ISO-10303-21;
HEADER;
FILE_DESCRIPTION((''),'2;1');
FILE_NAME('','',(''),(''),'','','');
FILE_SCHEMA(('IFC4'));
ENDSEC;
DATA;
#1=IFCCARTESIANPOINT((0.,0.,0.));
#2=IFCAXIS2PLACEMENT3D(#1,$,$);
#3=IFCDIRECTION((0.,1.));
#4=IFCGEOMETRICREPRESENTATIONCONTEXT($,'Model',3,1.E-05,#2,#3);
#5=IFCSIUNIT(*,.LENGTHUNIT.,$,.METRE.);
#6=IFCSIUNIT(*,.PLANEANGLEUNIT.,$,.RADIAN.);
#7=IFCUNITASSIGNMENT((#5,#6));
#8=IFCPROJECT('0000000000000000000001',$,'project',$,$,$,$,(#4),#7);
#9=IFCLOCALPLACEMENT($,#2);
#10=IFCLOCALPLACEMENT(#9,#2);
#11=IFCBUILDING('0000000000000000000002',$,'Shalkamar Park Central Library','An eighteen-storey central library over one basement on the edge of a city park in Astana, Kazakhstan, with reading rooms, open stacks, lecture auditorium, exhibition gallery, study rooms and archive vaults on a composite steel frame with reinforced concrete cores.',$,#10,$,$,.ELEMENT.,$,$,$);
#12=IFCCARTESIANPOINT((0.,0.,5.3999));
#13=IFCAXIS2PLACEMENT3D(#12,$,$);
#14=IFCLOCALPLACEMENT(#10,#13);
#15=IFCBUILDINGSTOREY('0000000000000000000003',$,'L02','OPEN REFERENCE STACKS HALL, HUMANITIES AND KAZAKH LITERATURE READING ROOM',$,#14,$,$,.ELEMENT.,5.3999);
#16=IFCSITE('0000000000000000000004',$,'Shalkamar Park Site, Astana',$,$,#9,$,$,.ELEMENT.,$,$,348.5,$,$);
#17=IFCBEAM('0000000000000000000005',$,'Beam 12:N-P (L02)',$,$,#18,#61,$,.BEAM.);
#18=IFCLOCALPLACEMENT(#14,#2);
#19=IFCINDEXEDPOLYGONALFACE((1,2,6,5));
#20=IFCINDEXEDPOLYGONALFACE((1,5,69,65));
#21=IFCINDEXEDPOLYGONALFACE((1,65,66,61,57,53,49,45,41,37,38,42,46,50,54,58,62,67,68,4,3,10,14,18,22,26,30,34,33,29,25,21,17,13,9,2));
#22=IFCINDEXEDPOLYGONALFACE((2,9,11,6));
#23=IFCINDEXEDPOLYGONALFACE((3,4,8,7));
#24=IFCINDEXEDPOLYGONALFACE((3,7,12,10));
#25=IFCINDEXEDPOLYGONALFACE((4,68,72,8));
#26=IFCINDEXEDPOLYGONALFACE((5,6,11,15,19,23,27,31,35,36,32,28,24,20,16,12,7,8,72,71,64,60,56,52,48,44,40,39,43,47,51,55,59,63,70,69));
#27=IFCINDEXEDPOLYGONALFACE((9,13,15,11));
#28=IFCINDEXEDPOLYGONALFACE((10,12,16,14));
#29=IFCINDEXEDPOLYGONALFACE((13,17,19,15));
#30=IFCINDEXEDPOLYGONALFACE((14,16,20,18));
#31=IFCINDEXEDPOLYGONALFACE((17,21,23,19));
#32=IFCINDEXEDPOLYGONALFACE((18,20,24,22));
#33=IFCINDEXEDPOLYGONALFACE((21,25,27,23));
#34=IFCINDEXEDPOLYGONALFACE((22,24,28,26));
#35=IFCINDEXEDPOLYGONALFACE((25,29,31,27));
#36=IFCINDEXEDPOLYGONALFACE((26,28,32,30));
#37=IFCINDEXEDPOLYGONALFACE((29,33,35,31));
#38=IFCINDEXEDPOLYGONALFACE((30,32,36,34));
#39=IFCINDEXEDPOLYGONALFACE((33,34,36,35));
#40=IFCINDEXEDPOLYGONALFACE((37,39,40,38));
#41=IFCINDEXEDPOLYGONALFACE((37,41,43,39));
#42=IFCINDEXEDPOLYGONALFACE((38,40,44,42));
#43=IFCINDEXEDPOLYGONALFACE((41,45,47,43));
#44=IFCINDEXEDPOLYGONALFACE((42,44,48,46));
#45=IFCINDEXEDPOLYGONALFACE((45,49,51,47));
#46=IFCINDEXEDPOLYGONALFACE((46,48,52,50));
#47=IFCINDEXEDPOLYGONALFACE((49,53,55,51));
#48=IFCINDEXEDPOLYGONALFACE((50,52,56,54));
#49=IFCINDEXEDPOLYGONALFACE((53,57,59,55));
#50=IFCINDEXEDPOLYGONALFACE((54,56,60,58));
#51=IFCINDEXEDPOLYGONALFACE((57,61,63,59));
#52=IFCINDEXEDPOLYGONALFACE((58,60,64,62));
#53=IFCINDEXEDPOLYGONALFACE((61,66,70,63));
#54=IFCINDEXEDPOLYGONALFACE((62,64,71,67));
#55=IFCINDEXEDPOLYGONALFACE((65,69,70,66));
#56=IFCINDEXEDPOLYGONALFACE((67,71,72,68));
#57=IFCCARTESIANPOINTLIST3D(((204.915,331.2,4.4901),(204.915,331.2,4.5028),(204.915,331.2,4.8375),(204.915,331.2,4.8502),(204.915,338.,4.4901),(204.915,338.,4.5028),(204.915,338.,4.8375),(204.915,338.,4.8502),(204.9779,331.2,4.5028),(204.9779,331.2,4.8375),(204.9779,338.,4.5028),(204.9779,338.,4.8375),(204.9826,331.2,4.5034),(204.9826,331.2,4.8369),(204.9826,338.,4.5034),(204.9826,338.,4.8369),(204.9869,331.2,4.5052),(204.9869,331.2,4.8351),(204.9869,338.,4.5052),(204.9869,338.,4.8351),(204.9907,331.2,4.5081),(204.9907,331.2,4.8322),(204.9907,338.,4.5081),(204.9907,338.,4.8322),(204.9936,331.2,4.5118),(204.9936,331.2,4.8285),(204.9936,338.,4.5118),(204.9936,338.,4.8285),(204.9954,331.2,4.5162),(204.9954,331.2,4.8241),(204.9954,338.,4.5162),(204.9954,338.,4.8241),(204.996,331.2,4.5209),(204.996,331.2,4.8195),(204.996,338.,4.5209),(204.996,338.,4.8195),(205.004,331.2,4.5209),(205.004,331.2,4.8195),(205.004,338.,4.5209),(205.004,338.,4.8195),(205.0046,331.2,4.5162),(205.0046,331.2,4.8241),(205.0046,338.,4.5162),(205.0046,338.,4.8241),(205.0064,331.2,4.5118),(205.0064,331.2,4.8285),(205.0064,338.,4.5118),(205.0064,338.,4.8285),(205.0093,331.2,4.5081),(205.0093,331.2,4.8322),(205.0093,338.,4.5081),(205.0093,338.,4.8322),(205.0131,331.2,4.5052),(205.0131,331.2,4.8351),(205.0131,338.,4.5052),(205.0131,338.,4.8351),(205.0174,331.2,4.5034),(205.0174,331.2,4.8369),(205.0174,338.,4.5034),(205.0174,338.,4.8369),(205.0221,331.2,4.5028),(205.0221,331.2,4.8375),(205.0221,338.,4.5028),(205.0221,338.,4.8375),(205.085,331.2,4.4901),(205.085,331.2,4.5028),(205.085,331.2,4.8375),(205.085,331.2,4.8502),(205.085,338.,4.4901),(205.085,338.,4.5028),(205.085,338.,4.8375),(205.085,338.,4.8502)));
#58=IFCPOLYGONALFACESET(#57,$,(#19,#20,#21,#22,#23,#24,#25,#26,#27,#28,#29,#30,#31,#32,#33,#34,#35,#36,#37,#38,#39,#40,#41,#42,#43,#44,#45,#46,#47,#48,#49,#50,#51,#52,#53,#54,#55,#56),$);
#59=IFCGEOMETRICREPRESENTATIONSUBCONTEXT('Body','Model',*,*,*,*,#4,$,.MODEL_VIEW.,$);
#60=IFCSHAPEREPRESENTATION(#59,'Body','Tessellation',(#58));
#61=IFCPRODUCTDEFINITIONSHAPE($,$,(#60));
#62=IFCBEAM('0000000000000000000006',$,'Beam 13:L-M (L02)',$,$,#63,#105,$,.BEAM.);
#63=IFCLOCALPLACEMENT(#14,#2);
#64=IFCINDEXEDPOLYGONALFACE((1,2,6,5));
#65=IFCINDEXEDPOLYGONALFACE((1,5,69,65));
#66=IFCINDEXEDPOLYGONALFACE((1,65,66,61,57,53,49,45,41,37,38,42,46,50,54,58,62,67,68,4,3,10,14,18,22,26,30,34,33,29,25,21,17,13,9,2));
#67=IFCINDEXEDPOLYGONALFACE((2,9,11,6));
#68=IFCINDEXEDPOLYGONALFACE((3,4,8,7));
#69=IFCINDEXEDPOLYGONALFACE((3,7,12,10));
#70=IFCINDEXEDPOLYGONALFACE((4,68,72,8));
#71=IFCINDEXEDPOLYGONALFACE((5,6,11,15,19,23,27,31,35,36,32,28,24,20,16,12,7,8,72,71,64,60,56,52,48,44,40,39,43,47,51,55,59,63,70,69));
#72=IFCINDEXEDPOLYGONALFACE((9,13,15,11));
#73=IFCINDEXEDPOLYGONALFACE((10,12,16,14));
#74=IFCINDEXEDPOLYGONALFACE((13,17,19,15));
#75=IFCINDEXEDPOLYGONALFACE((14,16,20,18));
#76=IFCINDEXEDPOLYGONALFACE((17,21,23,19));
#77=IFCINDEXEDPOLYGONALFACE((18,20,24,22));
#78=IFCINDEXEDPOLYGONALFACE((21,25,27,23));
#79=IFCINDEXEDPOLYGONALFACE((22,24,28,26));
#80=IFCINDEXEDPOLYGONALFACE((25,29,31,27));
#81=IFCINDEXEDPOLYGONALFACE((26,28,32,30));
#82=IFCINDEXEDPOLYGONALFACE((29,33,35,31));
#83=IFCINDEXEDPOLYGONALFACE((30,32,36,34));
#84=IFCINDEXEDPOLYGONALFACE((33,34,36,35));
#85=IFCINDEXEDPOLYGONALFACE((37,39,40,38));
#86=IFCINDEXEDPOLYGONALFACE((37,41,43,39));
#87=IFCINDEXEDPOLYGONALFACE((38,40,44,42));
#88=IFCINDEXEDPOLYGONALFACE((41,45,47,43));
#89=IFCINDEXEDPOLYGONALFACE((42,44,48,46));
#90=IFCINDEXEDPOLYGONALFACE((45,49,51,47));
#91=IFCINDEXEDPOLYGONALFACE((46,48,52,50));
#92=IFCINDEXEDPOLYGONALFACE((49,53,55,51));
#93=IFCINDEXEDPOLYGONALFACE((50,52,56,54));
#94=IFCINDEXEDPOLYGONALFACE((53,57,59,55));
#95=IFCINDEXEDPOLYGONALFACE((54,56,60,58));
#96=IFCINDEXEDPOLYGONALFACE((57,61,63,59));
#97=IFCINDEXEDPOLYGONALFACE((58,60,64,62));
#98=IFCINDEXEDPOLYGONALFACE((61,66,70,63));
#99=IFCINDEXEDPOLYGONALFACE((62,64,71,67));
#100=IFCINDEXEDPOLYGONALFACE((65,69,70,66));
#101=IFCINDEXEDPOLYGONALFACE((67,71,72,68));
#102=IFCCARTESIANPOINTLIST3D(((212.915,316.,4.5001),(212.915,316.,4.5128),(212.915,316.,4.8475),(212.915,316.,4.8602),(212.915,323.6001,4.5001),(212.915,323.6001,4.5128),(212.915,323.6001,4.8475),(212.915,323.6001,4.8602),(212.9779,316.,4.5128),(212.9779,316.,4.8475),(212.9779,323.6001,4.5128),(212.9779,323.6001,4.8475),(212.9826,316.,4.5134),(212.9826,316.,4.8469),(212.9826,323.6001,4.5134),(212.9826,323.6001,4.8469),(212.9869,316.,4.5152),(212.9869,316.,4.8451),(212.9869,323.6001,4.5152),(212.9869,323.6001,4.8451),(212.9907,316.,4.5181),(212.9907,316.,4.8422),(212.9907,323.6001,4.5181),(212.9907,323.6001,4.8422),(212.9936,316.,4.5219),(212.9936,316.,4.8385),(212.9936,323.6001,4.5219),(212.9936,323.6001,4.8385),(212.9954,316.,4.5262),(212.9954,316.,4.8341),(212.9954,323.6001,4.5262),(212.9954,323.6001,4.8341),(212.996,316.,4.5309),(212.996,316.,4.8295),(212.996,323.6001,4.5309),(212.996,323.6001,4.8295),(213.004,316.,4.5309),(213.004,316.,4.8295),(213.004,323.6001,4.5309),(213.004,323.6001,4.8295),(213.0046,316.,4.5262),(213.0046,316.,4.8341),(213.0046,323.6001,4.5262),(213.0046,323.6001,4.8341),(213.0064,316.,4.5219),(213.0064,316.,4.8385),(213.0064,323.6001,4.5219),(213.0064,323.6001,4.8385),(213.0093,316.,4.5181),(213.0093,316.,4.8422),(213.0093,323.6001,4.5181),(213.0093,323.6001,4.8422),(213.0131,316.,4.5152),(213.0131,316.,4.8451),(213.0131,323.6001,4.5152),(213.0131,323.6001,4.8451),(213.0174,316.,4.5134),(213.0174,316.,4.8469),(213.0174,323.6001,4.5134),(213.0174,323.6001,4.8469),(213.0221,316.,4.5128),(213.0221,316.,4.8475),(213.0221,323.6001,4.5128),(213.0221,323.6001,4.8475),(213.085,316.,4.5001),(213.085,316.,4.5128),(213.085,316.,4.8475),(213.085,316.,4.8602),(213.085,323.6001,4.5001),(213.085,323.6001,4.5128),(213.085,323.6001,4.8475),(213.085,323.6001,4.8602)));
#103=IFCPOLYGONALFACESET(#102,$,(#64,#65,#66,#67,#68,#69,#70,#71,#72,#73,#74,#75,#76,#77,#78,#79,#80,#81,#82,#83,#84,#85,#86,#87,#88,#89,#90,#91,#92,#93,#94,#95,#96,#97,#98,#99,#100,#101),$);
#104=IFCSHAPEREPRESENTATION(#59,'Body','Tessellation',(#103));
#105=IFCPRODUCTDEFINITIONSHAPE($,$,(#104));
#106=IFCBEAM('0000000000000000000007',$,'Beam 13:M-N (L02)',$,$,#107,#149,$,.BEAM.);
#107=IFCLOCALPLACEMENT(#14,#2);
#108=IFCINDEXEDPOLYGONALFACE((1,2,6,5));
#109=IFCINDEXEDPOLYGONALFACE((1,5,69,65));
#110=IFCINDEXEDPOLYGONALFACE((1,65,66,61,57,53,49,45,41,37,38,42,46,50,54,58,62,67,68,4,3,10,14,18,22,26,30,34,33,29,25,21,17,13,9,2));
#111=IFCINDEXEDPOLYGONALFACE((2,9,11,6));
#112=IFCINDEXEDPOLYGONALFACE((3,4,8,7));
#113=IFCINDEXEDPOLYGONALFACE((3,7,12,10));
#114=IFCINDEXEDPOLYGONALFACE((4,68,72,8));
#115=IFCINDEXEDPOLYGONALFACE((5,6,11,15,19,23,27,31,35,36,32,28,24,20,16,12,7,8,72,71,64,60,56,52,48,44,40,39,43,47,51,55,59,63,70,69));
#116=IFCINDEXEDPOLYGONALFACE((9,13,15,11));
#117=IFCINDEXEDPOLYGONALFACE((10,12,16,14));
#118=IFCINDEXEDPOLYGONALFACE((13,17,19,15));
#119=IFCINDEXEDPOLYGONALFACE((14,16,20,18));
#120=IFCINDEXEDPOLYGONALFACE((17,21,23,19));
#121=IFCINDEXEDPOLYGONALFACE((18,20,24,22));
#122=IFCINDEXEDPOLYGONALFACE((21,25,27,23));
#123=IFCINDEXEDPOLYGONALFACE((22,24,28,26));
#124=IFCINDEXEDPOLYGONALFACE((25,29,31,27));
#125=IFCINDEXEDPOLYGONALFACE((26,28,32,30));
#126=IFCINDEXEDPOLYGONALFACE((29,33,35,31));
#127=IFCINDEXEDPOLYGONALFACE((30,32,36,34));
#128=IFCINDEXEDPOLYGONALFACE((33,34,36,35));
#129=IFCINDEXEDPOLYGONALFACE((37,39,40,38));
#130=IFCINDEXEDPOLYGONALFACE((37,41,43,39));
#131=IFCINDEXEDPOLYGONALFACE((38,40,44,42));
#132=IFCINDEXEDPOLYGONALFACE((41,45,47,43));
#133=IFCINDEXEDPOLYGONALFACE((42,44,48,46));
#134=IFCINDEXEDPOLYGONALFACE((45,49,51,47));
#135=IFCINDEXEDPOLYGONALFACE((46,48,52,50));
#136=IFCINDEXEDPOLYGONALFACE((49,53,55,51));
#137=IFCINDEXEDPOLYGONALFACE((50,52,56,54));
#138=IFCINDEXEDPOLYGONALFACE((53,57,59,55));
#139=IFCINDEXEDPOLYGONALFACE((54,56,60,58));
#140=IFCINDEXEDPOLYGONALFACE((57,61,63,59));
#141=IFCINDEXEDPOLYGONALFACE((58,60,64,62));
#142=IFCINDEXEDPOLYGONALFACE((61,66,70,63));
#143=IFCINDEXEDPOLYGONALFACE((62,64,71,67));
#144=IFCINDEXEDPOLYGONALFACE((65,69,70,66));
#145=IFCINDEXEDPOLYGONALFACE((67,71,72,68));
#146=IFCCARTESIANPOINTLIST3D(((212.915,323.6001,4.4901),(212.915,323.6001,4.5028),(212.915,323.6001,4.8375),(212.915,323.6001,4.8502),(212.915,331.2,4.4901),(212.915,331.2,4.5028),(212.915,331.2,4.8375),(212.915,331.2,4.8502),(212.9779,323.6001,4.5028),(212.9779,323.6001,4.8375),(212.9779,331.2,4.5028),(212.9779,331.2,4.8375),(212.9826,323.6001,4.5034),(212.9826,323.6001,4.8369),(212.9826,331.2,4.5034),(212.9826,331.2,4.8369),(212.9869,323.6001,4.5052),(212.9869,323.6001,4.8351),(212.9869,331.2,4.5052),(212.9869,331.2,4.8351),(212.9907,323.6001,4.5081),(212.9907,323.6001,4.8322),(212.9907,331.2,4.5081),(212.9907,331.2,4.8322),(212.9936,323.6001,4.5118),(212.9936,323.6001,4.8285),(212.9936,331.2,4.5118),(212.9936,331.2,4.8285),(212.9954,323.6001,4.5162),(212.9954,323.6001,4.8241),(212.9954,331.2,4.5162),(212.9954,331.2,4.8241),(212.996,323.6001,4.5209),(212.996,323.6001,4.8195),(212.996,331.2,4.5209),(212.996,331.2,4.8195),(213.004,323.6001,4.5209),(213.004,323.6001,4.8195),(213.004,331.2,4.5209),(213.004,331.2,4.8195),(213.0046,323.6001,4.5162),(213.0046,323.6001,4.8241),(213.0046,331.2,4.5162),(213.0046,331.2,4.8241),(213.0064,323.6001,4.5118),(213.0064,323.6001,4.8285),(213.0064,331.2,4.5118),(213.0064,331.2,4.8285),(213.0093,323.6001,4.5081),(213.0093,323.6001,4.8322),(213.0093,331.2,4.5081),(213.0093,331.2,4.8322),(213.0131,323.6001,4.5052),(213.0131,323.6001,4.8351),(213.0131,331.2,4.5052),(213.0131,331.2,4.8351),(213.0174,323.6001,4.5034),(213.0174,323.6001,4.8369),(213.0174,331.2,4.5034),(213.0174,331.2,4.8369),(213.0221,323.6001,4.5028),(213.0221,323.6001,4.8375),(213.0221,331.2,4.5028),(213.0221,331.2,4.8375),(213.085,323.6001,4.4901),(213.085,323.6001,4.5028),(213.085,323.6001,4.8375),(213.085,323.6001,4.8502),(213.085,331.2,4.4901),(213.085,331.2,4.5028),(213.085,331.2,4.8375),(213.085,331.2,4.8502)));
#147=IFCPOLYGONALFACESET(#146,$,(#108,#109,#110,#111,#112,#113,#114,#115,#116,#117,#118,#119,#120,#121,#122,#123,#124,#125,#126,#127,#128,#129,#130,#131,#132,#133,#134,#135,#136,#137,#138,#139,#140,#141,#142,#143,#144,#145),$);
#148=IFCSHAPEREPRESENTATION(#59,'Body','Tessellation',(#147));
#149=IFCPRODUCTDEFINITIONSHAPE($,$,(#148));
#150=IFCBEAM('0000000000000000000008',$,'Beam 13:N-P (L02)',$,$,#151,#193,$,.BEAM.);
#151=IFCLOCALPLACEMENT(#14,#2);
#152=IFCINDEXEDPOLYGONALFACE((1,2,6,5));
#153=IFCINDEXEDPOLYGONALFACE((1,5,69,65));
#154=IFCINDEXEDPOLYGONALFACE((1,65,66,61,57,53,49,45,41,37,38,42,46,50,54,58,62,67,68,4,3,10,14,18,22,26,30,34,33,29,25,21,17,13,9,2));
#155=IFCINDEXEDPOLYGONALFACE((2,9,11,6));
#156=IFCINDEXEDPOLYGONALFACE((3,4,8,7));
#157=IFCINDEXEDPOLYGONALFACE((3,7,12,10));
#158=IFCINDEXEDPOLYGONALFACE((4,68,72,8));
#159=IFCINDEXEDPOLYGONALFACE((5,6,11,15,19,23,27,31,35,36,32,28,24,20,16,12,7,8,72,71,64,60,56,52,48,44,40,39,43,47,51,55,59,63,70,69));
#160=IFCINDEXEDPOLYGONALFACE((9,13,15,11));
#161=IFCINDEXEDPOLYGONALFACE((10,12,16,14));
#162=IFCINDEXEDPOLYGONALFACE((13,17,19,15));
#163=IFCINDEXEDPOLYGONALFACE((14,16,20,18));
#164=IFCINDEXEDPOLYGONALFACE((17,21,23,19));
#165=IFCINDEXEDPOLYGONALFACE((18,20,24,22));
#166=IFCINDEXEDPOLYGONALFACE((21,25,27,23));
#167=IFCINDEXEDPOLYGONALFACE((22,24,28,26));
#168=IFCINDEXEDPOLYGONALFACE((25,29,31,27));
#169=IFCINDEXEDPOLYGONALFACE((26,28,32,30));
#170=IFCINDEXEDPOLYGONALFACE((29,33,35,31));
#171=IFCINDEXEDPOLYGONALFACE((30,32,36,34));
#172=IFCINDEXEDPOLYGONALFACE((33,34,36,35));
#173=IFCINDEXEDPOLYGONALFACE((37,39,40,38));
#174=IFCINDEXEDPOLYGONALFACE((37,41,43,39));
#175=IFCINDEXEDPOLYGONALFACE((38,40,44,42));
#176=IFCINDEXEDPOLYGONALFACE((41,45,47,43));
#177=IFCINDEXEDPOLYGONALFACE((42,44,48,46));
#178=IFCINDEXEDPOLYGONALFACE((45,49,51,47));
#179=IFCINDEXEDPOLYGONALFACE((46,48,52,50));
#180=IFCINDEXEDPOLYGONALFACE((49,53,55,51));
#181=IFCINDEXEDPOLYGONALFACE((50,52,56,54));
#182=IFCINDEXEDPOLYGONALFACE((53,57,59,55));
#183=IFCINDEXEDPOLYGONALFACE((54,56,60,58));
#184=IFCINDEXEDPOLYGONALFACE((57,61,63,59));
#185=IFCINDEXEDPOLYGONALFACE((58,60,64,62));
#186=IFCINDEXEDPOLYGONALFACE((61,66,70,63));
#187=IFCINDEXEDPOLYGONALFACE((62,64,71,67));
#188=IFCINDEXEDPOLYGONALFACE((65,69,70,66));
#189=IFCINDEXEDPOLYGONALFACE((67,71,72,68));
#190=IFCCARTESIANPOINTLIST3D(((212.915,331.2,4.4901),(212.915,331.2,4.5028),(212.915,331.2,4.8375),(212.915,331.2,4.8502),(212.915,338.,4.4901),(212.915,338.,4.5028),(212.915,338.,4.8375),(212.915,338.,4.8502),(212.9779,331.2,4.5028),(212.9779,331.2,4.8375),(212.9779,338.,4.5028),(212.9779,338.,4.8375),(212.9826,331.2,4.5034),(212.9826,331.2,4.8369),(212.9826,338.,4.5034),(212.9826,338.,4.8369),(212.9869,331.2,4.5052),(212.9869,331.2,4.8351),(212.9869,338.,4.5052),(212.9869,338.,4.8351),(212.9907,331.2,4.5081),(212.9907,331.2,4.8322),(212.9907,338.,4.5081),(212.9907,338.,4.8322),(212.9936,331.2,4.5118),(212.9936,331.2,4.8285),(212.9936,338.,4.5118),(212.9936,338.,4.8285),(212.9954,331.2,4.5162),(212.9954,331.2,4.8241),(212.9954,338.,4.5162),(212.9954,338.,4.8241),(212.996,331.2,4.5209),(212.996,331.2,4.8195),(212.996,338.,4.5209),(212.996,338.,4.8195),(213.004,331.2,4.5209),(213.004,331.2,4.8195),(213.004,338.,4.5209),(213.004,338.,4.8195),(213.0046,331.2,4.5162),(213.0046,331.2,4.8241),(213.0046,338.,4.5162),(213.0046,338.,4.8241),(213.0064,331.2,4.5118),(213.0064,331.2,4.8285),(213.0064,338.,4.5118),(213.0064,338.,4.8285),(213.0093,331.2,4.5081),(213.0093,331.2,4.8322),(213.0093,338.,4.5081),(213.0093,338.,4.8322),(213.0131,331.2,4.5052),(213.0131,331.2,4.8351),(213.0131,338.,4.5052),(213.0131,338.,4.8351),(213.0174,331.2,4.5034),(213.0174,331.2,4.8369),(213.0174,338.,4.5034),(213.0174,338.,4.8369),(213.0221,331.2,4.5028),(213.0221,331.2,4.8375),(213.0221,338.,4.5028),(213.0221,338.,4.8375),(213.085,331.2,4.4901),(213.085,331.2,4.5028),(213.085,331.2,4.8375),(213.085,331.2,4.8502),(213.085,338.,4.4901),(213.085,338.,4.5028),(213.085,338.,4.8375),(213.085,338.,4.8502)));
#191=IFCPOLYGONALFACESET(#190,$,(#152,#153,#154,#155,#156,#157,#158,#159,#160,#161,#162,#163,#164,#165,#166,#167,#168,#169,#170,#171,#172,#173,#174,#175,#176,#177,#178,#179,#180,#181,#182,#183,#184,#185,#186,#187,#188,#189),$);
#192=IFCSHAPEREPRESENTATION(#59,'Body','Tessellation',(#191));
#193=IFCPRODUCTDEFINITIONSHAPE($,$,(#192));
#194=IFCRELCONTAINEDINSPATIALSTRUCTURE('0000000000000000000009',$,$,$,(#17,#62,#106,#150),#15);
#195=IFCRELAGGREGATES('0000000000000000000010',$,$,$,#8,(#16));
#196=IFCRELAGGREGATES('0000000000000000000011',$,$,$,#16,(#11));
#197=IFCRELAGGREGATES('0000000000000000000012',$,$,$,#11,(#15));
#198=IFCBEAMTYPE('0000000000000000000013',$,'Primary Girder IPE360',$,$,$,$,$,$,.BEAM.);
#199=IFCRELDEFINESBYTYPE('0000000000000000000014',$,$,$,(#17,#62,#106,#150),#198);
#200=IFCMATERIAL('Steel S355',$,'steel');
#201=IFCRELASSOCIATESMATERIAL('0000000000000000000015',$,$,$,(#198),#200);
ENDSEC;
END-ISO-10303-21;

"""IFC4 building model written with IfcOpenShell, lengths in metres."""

from ifc_helpers import new_model, si_unit, direction, frame, origin, origin_2d, place, context, subcontext, project, spatial, i_section, extrude, material, material_profile, profile_set, type_object, element, save


model = new_model("IFC4")

# Units and contexts
model_context = context("Model", 3, precision=1e-05, world=origin(), true_north=direction((0.0, 1.0)))
body_context = subcontext(model_context, "Body", "Model", "MODEL_VIEW")
ifc_project = project(units=[si_unit("LENGTHUNIT", "METRE"), si_unit("PLANEANGLEUNIT", "RADIAN")], contexts=[model_context])

# Site, building, storey
site_placement = place(None, origin())
site = spatial("IfcSite", under=ifc_project, at=site_placement, Name="Shalkamar Park Site, Astana", CompositionType="ELEMENT", RefElevation=348.5)
building_placement = place(site_placement, origin())
building = spatial("IfcBuilding", under=site, at=building_placement, Name="Shalkamar Park Central Library", Description="An eighteen-storey central library over one basement on the edge of a city park in Astana, Kazakhstan, with reading rooms, open stacks, lecture auditorium, exhibition gallery, study rooms and archive vaults on a composite steel frame with reinforced concrete cores.", CompositionType="ELEMENT")
storey_placement = place(building_placement, frame((0.0, 0.0, 5.3999)))
storey = spatial("IfcBuildingStorey", under=building, at=storey_placement, Name="L02", Description="OPEN REFERENCE STACKS HALL, HUMANITIES AND KAZAKH LITERATURE READING ROOM", CompositionType="ELEMENT", Elevation=5.3999)

# Shared definitions
ifc_material = material(Name="Steel S355", Category="steel")

# Beams
ifc_material_profile_1 = material_profile(ifc_material, i_section(OverallWidth=0.1699, OverallDepth=0.3601, WebThickness=0.0081, FlangeThickness=0.0127, FilletRadius=0.0181, at=origin_2d()), Name="IPE 360")
ifc_profile_set_1 = profile_set([ifc_material_profile_1], Name="Steel S355")
beam_type_1 = type_object("IfcBeamType", Name="Primary Girder IPE360", PredefinedType="BEAM", material=ifc_profile_set_1)
beam_1_placement = place(storey_placement, frame((205.0, 331.2, 4.6702), z_axis=(0.0, 1.0, 0.0), x_axis=(-1.0, 0.0, 0.0)))
element("IfcBeam", 1, at=beam_1_placement, inside=storey, type_object=beam_type_1, Name="Beam 12:N-P (L02)", PredefinedType="BEAM", context=body_context, shape_type="SweptSolid", body=[
    extrude(i_section(OverallWidth=0.1699, OverallDepth=0.3601, WebThickness=0.0081, FlangeThickness=0.0127, FilletRadius=0.0181, at=origin_2d()), origin(), (0.0, 0.0, 1.0), 6.8),
])
beam_2_placement = place(storey_placement, frame((213.0, 316.0, 4.6802), z_axis=(0.0, 1.0, 0.0), x_axis=(-1.0, 0.0, 0.0)))
element("IfcBeam", 2, at=beam_2_placement, inside=storey, type_object=beam_type_1, Name="Beam 13:L-M (L02)", PredefinedType="BEAM", context=body_context, shape_type="SweptSolid", body=[
    extrude(i_section(OverallWidth=0.1699, OverallDepth=0.3601, WebThickness=0.0081, FlangeThickness=0.0127, FilletRadius=0.0181, at=origin_2d()), origin(), (0.0, 0.0, 1.0), 7.6001),
])
beam_3_placement = place(storey_placement, frame((213.0, 323.6001, 4.6702), z_axis=(0.0, 1.0, 0.0), x_axis=(-1.0, 0.0, 0.0)))
element("IfcBeam", 3, at=beam_3_placement, inside=storey, type_object=beam_type_1, Name="Beam 13:M-N (L02)", PredefinedType="BEAM", context=body_context, shape_type="SweptSolid", body=[
    extrude(i_section(OverallWidth=0.1699, OverallDepth=0.3601, WebThickness=0.0081, FlangeThickness=0.0127, FilletRadius=0.0181, at=origin_2d()), origin(), (0.0, 0.0, 1.0), 7.5999),
])
beam_4_placement = place(storey_placement, frame((213.0, 331.2, 4.6702), z_axis=(0.0, 1.0, 0.0), x_axis=(-1.0, 0.0, 0.0)))
element("IfcBeam", 4, at=beam_4_placement, inside=storey, type_object=beam_type_1, Name="Beam 13:N-P (L02)", PredefinedType="BEAM", context=body_context, shape_type="SweptSolid", body=[
    extrude(i_section(OverallWidth=0.1699, OverallDepth=0.3601, WebThickness=0.0081, FlangeThickness=0.0127, FilletRadius=0.0181, at=origin_2d()), origin(), (0.0, 0.0, 1.0), 6.8),
])

save(model, "model.ifc")
